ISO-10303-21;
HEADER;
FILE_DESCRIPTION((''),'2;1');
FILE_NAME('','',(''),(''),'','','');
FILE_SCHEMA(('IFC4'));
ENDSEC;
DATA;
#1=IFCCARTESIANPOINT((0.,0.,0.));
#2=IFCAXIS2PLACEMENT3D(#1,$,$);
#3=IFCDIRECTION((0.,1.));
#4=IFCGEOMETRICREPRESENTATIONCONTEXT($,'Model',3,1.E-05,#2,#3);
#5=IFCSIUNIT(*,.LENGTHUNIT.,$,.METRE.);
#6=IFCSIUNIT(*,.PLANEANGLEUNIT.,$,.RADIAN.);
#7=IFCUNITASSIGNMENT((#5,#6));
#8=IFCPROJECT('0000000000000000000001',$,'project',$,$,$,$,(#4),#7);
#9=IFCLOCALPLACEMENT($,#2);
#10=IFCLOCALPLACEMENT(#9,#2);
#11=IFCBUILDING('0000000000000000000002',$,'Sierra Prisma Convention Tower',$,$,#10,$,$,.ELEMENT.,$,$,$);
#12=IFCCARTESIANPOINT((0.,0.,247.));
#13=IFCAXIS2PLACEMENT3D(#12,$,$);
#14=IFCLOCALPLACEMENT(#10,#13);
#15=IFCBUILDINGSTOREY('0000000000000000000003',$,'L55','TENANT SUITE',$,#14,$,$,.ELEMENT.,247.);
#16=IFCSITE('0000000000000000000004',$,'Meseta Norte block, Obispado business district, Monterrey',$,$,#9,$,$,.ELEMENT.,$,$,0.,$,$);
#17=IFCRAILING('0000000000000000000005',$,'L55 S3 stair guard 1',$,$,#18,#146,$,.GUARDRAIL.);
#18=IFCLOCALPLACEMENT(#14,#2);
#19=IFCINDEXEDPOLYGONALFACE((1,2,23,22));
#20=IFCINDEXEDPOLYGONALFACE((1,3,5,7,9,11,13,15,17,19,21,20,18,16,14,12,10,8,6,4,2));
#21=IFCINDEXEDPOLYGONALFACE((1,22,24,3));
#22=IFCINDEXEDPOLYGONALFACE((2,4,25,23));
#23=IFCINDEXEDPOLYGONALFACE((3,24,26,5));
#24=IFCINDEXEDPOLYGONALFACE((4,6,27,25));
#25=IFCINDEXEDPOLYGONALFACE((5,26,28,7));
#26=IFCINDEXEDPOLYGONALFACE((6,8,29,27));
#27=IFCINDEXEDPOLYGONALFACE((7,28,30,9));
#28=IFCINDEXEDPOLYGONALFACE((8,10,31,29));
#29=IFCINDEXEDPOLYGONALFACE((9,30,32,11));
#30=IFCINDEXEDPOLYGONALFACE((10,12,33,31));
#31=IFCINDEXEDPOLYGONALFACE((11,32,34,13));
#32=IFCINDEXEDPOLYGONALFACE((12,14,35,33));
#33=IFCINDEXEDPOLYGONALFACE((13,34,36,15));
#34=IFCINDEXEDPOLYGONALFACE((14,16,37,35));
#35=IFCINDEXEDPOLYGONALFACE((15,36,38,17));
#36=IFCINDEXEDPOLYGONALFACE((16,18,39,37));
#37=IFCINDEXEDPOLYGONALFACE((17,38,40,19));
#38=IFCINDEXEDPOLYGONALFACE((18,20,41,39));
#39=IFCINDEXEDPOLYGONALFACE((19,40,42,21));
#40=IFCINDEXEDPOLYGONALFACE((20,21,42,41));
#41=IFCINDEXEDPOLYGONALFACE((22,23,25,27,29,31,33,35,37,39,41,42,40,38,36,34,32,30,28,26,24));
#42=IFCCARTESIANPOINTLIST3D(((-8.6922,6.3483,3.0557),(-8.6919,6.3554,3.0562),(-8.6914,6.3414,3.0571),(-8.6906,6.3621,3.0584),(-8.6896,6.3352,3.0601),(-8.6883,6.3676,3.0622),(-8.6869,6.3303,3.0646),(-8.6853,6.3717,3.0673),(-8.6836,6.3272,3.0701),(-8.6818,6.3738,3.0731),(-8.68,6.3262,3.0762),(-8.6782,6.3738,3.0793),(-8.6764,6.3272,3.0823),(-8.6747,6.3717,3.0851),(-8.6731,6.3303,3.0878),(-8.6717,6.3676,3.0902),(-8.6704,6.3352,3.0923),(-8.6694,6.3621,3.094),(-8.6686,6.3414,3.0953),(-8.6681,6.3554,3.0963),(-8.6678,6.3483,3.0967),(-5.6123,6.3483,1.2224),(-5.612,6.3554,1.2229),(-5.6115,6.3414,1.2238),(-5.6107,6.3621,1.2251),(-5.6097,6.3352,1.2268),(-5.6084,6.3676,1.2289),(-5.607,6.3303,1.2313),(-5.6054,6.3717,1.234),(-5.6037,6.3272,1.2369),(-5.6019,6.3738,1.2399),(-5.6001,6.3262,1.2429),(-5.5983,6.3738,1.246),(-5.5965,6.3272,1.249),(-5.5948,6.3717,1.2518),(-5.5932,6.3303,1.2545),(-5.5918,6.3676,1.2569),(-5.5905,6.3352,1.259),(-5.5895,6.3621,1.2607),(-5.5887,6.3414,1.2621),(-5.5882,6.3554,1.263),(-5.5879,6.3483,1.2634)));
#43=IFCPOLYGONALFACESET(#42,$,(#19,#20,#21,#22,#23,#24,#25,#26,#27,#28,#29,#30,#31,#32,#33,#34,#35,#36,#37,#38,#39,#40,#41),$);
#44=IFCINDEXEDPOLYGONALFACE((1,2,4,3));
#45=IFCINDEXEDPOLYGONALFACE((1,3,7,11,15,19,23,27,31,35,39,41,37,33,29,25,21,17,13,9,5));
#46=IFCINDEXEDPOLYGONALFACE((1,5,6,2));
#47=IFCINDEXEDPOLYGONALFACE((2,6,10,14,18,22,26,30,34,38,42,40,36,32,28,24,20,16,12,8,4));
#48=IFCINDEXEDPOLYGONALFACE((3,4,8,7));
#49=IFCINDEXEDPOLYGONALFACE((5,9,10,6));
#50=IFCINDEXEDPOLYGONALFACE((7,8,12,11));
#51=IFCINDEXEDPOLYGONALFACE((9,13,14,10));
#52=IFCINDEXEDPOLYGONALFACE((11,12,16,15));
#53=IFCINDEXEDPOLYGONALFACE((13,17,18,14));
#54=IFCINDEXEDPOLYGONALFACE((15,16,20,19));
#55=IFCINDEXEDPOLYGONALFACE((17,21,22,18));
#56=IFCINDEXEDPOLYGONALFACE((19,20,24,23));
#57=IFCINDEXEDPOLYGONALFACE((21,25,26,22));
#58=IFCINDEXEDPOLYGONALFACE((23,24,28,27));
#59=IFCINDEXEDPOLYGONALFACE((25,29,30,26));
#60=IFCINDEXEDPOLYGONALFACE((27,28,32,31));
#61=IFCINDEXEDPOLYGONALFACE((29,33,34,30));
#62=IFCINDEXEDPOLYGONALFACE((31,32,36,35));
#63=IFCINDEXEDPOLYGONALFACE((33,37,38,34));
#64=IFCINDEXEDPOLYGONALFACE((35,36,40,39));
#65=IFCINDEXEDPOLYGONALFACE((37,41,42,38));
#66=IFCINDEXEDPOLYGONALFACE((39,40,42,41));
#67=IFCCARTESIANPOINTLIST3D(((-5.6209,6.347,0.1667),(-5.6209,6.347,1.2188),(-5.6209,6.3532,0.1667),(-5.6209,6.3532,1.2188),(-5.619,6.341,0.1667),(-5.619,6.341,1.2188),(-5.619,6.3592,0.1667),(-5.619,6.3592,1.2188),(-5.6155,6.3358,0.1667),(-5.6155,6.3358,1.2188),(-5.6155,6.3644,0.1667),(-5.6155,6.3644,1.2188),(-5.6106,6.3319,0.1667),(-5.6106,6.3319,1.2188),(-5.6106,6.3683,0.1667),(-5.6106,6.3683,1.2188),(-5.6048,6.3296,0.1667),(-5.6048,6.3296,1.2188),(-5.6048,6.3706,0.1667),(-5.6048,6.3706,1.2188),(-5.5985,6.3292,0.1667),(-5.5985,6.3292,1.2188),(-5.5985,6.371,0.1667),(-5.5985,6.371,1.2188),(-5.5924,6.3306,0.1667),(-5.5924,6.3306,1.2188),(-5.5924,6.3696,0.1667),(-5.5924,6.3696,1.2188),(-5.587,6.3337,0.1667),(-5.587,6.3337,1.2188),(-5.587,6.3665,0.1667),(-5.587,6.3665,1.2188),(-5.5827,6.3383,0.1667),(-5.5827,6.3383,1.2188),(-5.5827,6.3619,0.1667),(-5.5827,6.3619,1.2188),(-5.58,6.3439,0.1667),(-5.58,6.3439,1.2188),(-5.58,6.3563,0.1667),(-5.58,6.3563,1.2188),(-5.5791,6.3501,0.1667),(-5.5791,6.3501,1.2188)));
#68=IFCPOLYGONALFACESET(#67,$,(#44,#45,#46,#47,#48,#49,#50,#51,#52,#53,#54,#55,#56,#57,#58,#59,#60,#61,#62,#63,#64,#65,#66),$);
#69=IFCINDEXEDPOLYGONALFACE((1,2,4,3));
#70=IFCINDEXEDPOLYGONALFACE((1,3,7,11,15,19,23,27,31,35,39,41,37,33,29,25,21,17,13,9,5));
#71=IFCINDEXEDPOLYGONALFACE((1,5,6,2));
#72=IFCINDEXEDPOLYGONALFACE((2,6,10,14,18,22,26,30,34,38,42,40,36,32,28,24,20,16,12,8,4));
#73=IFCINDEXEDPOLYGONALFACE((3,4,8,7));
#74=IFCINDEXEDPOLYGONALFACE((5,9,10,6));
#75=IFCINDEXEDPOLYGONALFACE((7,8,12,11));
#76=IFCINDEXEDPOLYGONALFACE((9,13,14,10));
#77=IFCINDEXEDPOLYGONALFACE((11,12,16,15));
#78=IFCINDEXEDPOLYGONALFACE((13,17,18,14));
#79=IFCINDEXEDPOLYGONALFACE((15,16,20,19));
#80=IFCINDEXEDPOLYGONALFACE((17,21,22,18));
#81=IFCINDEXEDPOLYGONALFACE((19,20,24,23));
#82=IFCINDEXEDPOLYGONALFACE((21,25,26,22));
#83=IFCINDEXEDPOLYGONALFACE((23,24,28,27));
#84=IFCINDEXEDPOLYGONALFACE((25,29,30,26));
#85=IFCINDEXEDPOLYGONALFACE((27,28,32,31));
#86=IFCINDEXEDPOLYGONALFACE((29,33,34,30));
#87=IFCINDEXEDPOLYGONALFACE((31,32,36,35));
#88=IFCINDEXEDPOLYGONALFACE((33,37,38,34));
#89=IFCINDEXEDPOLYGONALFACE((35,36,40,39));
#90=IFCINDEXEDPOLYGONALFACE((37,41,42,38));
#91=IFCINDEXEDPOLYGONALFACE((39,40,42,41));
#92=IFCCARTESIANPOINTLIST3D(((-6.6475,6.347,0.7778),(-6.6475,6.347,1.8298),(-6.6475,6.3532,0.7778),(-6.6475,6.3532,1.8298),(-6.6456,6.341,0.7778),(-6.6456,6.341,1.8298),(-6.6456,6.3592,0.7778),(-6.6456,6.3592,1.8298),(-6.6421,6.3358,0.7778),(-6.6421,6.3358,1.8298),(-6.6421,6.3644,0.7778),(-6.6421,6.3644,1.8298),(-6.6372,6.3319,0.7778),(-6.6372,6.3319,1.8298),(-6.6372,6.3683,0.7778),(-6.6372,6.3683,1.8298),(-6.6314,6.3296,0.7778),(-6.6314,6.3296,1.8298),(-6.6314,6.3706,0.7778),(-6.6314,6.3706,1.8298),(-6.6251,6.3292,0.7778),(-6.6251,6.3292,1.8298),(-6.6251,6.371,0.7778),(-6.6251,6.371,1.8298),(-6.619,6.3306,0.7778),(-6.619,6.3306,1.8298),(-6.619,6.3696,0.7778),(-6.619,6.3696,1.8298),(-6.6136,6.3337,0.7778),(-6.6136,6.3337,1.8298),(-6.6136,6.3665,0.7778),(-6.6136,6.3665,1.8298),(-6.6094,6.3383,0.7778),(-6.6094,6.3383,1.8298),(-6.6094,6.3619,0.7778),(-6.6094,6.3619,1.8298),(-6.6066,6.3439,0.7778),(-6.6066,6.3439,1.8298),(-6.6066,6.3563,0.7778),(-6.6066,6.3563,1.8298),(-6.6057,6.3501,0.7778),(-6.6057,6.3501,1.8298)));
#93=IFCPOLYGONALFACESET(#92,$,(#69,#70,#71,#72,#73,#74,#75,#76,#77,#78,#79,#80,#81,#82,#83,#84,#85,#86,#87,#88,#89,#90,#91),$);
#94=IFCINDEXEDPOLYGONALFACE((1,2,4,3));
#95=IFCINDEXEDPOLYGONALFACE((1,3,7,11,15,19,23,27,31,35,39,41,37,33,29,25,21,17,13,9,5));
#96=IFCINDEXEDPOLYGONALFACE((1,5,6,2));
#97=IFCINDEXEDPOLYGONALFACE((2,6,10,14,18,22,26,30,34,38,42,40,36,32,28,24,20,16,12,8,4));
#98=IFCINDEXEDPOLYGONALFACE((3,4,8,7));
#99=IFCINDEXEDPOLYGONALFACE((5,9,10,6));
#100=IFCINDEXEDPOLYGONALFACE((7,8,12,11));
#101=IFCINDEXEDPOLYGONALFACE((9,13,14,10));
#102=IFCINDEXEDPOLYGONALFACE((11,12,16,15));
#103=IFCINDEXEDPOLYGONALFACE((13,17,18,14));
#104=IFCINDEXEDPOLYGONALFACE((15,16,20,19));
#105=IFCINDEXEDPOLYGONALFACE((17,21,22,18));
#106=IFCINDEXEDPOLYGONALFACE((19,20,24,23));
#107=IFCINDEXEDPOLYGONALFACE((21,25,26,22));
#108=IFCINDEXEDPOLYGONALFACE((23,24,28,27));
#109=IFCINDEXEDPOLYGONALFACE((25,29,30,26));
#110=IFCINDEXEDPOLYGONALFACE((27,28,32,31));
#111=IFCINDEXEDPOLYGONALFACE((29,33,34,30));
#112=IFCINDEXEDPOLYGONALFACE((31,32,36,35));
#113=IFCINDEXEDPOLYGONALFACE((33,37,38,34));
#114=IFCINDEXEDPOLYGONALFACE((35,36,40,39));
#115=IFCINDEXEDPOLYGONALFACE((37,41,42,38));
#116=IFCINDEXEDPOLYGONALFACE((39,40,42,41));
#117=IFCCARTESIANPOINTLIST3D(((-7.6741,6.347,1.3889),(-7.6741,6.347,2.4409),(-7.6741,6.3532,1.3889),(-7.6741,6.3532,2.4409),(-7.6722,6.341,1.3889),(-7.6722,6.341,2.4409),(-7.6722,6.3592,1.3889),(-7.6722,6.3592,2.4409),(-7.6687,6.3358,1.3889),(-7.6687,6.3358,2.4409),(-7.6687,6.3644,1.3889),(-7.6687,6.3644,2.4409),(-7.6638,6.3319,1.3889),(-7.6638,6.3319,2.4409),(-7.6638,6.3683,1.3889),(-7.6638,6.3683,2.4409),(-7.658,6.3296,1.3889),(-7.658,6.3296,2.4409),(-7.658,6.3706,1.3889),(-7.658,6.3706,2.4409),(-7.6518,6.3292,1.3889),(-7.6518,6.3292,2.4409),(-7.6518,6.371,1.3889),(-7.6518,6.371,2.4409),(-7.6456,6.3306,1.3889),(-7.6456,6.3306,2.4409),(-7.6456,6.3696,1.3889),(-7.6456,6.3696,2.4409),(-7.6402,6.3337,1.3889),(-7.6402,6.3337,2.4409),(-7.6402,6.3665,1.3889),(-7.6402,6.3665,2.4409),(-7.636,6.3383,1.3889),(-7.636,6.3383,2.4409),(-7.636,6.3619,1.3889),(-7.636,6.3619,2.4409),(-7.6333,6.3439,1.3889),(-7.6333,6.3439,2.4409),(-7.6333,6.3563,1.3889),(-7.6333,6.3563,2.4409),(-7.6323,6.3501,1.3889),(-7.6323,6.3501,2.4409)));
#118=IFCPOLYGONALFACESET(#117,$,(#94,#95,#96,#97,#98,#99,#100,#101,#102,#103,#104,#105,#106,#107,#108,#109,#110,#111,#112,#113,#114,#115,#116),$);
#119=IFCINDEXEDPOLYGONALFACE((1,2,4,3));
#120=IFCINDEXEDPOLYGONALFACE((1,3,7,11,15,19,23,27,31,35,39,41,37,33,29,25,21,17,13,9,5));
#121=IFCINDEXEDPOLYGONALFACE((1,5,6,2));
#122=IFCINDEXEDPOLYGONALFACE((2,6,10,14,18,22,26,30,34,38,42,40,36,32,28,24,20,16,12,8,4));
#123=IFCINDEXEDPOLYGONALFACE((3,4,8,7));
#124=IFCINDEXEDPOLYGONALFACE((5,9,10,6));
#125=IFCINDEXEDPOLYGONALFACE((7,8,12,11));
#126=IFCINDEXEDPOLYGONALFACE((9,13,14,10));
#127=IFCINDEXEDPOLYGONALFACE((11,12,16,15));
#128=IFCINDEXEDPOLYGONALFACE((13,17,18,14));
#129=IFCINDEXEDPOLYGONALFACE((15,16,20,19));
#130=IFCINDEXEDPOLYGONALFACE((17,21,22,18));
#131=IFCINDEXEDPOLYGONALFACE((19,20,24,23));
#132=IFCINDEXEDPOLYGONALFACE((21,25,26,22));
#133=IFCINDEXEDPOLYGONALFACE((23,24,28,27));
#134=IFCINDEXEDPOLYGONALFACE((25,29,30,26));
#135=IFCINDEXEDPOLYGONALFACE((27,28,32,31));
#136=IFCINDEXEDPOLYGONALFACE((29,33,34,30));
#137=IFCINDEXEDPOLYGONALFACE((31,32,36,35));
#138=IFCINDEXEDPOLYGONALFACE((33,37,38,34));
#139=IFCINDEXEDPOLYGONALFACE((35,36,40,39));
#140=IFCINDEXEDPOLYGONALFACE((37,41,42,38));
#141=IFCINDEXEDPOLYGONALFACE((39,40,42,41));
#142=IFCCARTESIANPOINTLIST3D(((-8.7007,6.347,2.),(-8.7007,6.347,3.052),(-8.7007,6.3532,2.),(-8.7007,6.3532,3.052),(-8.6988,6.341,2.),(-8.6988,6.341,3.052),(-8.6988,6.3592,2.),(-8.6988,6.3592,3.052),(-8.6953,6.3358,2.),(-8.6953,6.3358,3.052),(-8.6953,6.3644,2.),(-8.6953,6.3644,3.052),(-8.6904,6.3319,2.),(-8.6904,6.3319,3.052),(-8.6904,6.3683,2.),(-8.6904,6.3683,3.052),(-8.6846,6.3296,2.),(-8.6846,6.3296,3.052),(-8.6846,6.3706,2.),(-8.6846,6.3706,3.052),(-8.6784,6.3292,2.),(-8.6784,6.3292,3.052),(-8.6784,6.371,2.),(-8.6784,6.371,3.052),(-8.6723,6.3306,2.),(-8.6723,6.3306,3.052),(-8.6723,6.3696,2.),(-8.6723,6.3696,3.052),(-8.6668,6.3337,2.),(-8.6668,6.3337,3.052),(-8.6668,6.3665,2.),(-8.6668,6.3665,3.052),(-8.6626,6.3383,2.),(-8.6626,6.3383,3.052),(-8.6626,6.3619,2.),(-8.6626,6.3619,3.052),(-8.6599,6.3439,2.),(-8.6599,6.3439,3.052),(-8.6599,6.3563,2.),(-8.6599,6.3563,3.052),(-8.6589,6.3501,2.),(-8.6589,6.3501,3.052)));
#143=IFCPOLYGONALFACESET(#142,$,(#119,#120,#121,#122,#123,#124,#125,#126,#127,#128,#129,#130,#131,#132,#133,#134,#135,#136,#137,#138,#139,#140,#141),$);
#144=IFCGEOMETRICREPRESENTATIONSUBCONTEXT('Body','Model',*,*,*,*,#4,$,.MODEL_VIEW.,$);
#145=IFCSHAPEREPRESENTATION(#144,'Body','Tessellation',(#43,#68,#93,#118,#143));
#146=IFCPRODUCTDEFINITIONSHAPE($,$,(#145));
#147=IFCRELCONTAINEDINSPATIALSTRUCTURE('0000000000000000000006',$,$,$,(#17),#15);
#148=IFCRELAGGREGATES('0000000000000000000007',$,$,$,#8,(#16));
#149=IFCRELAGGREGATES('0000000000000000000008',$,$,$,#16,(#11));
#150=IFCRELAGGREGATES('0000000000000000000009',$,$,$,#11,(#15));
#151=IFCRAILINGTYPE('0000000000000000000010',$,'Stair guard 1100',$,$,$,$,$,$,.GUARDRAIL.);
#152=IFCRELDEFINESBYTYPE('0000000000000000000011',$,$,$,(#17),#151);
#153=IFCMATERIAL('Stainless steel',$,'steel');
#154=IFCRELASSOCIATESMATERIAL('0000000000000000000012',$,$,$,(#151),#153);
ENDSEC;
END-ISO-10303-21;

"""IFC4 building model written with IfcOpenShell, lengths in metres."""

from ifc_helpers import new_model, si_unit, direction, frame, origin, origin_2d, place, context, subcontext, project, spatial, circle, extrude, material, type_object, element, save


model = new_model("IFC4")

# Units and contexts
model_context = context("Model", 3, precision=1e-05, world=origin(), true_north=direction((0.0, 1.0)))
body_context = subcontext(model_context, "Body", "Model", "MODEL_VIEW")
ifc_project = project(units=[si_unit("LENGTHUNIT", "METRE"), si_unit("PLANEANGLEUNIT", "RADIAN")], contexts=[model_context])

# Site, building, storey
site_placement = place(None, origin())
site = spatial("IfcSite", under=ifc_project, at=site_placement, Name="Meseta Norte block, Obispado business district, Monterrey", CompositionType="ELEMENT", RefElevation=0.0)
building_placement = place(site_placement, origin())
building = spatial("IfcBuilding", under=site, at=building_placement, Name="Sierra Prisma Convention Tower", CompositionType="ELEMENT")
storey_placement = place(building_placement, frame((0.0, 0.0, 247.0)))
storey = spatial("IfcBuildingStorey", under=building, at=storey_placement, Name="L55", Description="TENANT SUITE", CompositionType="ELEMENT", Elevation=247.0)

# Railing
ifc_material_1 = material(Name="Stainless steel", Category="steel")
railing_type_1 = type_object("IfcRailingType", Name="Stair guard 1100", PredefinedType="GUARDRAIL", material=ifc_material_1)
railing_1_placement = place(storey_placement, frame((-5.6001, 6.3501, 0.1667)))
element("IfcRailing", 1, at=railing_1_placement, inside=storey, type_object=railing_type_1, Name="L55 S3 stair guard 1", PredefinedType="GUARDRAIL", context=body_context, shape_type="SweptSolid", body=[
    extrude(circle(Radius=0.0239, at=origin_2d()), frame((0.0, 0.0, 1.0762), z_axis=(-0.859291, 0.0, 0.511487), x_axis=(0.0, -1.0, 0.0)), (0.0, 0.0, 1.0), 3.5842),
    extrude(circle(Radius=0.021, at=origin_2d()), origin(), (0.0, 0.0, 1.0), 1.052),
    extrude(circle(Radius=0.021, at=origin_2d()), frame((-1.0266, 0.0, 0.6111)), (0.0, 0.0, 1.0), 1.052),
    extrude(circle(Radius=0.021, at=origin_2d()), frame((-2.0532, 0.0, 1.2222)), (0.0, 0.0, 1.0), 1.052),
    extrude(circle(Radius=0.021, at=origin_2d()), frame((-3.0798, 0.0, 1.8333)), (0.0, 0.0, 1.0), 1.052),
])

save(model, "model.ifc")
